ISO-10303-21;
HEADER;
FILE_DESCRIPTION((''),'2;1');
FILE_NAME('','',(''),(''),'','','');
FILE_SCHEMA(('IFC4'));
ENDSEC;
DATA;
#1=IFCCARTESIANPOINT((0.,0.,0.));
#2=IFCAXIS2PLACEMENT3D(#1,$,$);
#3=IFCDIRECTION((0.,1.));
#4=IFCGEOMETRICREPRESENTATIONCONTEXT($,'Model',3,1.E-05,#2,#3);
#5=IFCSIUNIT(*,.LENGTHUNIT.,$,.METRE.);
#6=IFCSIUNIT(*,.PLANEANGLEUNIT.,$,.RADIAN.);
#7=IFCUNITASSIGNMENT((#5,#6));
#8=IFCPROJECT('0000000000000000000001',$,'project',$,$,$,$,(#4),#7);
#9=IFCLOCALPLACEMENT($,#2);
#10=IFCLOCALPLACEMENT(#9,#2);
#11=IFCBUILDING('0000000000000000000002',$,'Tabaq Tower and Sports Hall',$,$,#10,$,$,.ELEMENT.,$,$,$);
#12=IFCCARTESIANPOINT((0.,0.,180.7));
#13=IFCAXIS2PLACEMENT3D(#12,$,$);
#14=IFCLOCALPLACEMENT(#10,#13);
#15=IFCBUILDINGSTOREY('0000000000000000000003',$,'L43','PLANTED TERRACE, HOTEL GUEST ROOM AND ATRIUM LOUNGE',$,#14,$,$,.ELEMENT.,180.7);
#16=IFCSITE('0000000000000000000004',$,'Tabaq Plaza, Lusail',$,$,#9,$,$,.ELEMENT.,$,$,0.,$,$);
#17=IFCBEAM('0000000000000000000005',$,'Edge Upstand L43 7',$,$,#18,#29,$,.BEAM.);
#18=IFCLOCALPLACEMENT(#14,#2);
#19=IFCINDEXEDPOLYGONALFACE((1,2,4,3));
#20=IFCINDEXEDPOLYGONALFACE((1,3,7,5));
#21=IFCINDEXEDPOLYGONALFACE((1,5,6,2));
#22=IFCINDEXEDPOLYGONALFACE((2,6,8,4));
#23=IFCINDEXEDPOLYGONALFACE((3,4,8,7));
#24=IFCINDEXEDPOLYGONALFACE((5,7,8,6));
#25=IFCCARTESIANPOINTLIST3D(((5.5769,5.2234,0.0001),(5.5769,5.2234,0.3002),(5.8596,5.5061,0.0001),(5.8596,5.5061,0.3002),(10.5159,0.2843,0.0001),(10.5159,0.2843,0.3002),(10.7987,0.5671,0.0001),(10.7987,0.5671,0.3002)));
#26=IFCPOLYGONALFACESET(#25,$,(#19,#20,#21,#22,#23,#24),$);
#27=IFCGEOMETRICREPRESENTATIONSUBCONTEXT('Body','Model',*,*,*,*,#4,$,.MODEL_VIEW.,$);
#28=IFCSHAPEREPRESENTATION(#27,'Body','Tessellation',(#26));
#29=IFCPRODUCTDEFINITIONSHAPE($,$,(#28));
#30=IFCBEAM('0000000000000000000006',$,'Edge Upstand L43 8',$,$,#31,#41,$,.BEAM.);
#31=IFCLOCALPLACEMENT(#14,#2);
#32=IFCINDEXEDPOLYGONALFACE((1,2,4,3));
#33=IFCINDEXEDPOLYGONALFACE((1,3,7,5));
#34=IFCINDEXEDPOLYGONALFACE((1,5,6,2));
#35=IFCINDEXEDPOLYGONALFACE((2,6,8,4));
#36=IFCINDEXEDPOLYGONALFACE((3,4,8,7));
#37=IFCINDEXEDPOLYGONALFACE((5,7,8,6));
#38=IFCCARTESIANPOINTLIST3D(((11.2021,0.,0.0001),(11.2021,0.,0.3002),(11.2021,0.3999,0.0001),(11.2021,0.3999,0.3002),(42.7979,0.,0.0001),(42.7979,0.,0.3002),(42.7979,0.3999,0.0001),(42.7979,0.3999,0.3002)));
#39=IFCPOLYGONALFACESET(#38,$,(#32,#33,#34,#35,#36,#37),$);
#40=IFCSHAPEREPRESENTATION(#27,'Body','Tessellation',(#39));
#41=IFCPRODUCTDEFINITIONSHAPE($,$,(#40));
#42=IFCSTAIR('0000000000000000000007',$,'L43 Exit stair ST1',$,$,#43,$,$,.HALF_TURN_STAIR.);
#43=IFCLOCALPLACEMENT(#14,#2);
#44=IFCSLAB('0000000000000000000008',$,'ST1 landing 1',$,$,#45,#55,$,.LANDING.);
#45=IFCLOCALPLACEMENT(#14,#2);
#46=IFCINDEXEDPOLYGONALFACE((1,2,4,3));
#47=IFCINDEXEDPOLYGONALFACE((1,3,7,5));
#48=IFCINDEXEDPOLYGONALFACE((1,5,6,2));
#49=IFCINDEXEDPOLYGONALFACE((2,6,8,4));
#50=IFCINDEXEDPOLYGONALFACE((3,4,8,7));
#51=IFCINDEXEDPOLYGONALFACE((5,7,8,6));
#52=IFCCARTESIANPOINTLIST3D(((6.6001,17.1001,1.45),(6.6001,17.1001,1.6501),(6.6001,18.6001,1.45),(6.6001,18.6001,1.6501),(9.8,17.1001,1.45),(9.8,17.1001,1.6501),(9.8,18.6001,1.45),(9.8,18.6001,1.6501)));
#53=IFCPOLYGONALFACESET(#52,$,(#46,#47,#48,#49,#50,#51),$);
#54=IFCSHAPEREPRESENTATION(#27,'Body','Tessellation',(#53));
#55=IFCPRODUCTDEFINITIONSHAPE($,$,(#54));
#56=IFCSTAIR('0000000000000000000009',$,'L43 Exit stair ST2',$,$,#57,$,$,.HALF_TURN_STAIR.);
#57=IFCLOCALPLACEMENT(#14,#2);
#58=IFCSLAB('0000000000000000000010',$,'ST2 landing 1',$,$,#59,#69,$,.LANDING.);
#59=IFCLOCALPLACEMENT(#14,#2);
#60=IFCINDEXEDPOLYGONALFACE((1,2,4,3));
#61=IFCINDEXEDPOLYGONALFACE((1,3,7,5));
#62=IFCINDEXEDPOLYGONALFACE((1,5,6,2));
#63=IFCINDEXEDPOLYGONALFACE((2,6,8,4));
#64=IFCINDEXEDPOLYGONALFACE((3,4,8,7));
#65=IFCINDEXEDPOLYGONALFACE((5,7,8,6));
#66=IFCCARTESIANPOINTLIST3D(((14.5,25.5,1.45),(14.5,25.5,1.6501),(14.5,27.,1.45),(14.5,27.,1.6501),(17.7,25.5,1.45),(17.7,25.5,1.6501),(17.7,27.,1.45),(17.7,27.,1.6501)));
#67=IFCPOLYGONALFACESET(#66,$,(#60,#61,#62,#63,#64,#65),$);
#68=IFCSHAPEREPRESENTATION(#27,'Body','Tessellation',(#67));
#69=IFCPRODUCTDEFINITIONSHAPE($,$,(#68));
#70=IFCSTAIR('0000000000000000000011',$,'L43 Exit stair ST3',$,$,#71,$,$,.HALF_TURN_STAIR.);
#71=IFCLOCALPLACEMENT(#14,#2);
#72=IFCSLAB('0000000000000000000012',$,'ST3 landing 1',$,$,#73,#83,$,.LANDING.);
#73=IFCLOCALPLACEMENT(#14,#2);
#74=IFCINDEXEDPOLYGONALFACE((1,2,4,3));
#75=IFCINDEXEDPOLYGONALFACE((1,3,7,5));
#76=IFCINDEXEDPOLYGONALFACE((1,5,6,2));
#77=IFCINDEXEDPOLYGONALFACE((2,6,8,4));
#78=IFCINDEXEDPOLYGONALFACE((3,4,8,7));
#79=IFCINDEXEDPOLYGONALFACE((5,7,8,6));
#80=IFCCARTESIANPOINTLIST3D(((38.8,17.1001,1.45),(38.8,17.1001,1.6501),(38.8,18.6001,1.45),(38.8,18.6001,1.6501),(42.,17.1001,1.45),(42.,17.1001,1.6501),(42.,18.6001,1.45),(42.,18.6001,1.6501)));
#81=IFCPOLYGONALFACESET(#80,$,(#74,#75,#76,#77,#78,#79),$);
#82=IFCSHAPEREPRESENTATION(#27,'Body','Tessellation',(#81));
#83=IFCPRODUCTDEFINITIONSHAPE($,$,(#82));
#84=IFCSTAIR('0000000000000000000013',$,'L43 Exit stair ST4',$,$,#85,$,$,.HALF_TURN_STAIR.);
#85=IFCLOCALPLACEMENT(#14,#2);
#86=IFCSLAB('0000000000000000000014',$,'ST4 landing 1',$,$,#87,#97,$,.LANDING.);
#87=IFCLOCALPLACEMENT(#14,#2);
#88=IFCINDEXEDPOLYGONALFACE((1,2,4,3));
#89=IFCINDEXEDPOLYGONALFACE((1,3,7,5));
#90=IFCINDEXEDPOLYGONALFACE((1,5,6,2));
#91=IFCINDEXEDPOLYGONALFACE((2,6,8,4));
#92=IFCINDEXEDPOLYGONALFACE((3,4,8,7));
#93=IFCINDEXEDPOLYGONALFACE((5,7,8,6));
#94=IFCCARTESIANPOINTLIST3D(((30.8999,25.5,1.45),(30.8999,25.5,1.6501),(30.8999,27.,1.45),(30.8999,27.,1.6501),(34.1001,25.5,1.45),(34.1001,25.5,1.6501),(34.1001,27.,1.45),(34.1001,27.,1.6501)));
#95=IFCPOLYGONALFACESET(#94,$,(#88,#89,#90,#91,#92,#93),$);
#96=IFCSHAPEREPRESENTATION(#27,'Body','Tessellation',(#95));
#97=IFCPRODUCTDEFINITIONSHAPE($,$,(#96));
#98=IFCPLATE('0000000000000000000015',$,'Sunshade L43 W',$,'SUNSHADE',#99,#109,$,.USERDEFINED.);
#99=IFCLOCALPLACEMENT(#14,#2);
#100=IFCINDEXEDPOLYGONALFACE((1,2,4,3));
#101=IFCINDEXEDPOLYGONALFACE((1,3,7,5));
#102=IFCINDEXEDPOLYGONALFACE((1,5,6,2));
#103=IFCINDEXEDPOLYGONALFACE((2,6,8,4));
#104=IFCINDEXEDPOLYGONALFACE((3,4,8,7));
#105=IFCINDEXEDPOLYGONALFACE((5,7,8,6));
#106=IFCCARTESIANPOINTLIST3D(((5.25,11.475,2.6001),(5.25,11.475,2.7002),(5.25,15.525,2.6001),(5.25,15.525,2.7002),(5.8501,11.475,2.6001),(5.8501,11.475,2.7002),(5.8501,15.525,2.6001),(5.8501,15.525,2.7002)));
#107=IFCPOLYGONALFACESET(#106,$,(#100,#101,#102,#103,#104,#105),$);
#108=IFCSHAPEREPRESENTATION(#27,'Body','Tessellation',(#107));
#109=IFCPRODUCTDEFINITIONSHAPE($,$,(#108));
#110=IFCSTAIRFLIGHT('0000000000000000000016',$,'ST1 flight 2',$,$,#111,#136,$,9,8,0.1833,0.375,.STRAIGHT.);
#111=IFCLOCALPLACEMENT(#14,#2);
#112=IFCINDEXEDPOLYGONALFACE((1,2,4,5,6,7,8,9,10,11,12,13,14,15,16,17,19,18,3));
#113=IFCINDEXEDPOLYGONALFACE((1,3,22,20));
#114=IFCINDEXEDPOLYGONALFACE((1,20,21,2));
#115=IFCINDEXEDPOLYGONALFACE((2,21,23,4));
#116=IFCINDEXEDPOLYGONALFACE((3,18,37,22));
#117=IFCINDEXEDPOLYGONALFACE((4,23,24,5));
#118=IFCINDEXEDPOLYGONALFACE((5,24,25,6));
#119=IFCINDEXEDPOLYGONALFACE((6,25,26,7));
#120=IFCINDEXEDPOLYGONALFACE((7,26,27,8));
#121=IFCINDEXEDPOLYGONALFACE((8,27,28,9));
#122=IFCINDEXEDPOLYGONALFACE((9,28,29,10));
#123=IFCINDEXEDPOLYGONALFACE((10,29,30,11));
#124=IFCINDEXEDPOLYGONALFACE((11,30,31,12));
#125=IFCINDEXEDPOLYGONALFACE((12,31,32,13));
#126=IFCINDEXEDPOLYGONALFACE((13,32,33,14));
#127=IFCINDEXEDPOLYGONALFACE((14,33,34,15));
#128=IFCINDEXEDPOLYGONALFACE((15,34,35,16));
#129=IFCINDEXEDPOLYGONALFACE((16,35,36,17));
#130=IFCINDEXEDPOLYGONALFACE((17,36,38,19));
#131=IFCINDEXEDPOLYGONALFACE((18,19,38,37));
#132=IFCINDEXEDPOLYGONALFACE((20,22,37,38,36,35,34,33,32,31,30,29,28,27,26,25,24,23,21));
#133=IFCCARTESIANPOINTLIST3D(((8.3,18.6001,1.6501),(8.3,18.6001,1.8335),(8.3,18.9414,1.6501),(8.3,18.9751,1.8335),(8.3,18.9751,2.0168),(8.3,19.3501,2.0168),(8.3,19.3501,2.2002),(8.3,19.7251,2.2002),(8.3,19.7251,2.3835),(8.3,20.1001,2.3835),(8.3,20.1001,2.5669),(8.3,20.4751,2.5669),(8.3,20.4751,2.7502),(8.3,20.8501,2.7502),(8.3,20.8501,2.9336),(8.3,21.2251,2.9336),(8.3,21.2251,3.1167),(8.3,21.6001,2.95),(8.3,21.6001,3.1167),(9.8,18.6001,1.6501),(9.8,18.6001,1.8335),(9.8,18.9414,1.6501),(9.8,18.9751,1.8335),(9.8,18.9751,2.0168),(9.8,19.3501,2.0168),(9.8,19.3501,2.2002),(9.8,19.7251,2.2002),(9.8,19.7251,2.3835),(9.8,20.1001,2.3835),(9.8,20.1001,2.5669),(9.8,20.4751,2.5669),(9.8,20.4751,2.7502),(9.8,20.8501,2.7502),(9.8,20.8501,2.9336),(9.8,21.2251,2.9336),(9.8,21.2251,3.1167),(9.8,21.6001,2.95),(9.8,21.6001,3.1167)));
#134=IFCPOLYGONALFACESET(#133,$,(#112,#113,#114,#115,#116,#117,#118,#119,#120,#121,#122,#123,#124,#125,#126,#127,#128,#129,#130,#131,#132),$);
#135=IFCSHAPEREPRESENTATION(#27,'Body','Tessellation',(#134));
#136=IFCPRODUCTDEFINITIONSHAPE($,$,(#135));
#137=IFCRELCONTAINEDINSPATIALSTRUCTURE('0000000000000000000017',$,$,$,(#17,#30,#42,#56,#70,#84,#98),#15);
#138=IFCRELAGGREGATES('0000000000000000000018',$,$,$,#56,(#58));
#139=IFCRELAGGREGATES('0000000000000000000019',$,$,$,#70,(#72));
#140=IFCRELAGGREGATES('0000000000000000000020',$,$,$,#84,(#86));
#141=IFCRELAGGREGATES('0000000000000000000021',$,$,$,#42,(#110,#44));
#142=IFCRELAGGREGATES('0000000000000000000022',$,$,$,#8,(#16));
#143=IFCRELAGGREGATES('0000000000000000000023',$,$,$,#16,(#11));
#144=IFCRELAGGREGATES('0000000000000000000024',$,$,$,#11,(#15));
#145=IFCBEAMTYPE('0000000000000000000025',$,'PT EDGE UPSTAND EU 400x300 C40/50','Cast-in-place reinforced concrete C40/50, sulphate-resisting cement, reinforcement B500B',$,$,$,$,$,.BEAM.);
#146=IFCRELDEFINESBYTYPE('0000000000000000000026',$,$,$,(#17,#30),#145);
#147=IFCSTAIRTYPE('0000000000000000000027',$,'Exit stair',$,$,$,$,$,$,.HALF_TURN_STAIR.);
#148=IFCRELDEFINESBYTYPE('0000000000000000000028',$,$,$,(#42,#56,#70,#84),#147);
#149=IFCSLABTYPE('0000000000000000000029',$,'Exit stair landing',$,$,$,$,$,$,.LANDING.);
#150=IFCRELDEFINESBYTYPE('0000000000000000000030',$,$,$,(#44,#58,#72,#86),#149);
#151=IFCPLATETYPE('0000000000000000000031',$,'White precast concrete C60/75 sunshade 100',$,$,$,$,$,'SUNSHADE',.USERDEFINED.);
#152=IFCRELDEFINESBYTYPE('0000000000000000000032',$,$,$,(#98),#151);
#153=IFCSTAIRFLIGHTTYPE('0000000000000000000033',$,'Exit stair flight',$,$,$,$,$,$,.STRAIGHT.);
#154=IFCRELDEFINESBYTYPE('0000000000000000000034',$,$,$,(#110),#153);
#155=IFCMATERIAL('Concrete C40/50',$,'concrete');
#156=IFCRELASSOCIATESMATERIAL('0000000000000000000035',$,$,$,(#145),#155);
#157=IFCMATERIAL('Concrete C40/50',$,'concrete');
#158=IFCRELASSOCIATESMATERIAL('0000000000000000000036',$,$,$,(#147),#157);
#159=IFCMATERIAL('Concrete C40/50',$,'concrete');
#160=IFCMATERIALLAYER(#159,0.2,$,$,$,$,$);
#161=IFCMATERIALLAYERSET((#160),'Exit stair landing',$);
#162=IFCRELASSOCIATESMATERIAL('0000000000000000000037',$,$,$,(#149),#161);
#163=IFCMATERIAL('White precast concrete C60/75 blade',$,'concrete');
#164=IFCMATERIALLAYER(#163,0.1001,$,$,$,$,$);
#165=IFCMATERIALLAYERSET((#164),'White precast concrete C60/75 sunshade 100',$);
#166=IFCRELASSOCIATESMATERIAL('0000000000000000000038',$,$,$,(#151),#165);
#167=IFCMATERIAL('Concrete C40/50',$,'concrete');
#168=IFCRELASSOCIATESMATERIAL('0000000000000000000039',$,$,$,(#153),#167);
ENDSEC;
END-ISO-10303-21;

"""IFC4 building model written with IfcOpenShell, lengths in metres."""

from ifc_helpers import new_model, si_unit, direction, frame, origin, origin_2d, place, context, subcontext, project, spatial, polyline, rectangle, outline, extrude, material, layer, layer_set, material_profile, profile_set, type_object, element, aggregate, save


model = new_model("IFC4")

# Units and contexts
model_context = context("Model", 3, precision=1e-05, world=origin(), true_north=direction((0.0, 1.0)))
body_context = subcontext(model_context, "Body", "Model", "MODEL_VIEW")
ifc_project = project(units=[si_unit("LENGTHUNIT", "METRE"), si_unit("PLANEANGLEUNIT", "RADIAN")], contexts=[model_context])

# Site, building, storey
site_placement = place(None, origin())
site = spatial("IfcSite", under=ifc_project, at=site_placement, Name="Tabaq Plaza, Lusail", CompositionType="ELEMENT", RefElevation=0.0)
building_placement = place(site_placement, origin())
building = spatial("IfcBuilding", under=site, at=building_placement, Name="Tabaq Tower and Sports Hall", CompositionType="ELEMENT")
storey_placement = place(building_placement, frame((0.0, 0.0, 180.7)))
storey = spatial("IfcBuildingStorey", under=building, at=storey_placement, Name="L43", Description="PLANTED TERRACE, HOTEL GUEST ROOM AND ATRIUM LOUNGE", CompositionType="ELEMENT", Elevation=180.7)

# Beams
ifc_material_1 = material(Name="Concrete C40/50", Category="concrete")
ifc_material_profile = material_profile(ifc_material_1, rectangle(XDim=0.3999, YDim=0.3, at=origin_2d()), Name="EU 400x300")
ifc_profile_set = profile_set([ifc_material_profile], Name="Concrete C40/50")
beam_type = type_object("IfcBeamType", Name="PT EDGE UPSTAND EU 400x300 C40/50", Description="Cast-in-place reinforced concrete C40/50, sulphate-resisting cement, reinforcement B500B", PredefinedType="BEAM", material=ifc_profile_set)
beam_1_placement = place(storey_placement, frame((5.7183, 5.3647, 0.1501), z_axis=(0.707107, -0.707107, 0.0), x_axis=(0.707107, 0.707107, 0.0)))
element("IfcBeam", 1, at=beam_1_placement, inside=storey, type_object=beam_type, Name="Edge Upstand L43 7", PredefinedType="BEAM", context=body_context, shape_type="SweptSolid", body=[
    extrude(rectangle(XDim=0.3999, YDim=0.3, at=origin_2d()), origin(), (0.0, 0.0, 1.0), 6.9849),
])
beam_2_placement = place(storey_placement, frame((11.2021, 0.2, 0.1501), z_axis=(1.0, 0.0, 0.0), x_axis=(0.0, 1.0, 0.0)))
element("IfcBeam", 2, at=beam_2_placement, inside=storey, type_object=beam_type, Name="Edge Upstand L43 8", PredefinedType="BEAM", context=body_context, shape_type="SweptSolid", body=[
    extrude(rectangle(XDim=0.3999, YDim=0.3, at=origin_2d()), origin(), (0.0, 0.0, 1.0), 31.5957),
])

# Stairs, slabs
ifc_material_2 = material(Name="Concrete C40/50", Category="concrete")
stair_type = type_object("IfcStairType", Name="Exit stair", PredefinedType="HALF_TURN_STAIR", material=ifc_material_2)
stair_1_placement = place(storey_placement, origin())
stair_1 = element("IfcStair", 3, at=stair_1_placement, inside=storey, type_object=stair_type, Name="L43 Exit stair ST1", PredefinedType="HALF_TURN_STAIR")
ifc_material_3 = material(Name="Concrete C40/50", Category="concrete")
ifc_layer_1 = layer(ifc_material_3, 0.2)
ifc_layer_set_1 = layer_set([ifc_layer_1], Name="Exit stair landing")
slab_type = type_object("IfcSlabType", Name="Exit stair landing", PredefinedType="LANDING", material=ifc_layer_set_1)
slab_1_placement = place(storey_placement, frame((0.0, 0.0, 1.45)))
slab_1 = element("IfcSlab", 4, at=slab_1_placement, type_object=slab_type, Name="ST1 landing 1", PredefinedType="LANDING", context=body_context, shape_type="SweptSolid", body=[
    extrude(outline(polyline([(6.6001, 18.6001), (6.6001, 17.1001), (9.8, 17.1001), (9.8, 18.6001), (6.6001, 18.6001)])), origin(), (0.0, 0.0, 1.0), 0.2002),
])
stair_2_placement = place(storey_placement, origin())
stair_2 = element("IfcStair", 5, at=stair_2_placement, inside=storey, type_object=stair_type, Name="L43 Exit stair ST2", PredefinedType="HALF_TURN_STAIR")
slab_2_placement = place(storey_placement, frame((0.0, 0.0, 1.45)))
slab_2 = element("IfcSlab", 6, at=slab_2_placement, type_object=slab_type, Name="ST2 landing 1", PredefinedType="LANDING", context=body_context, shape_type="SweptSolid", body=[
    extrude(outline(polyline([(14.5, 27.0), (14.5, 25.5), (17.7, 25.5), (17.7, 27.0), (14.5, 27.0)])), origin(), (0.0, 0.0, 1.0), 0.2002),
])
aggregate(stair_2, [slab_2])
stair_3_placement = place(storey_placement, origin())
stair_3 = element("IfcStair", 7, at=stair_3_placement, inside=storey, type_object=stair_type, Name="L43 Exit stair ST3", PredefinedType="HALF_TURN_STAIR")
slab_3_placement = place(storey_placement, frame((0.0, 0.0, 1.45)))
slab_3 = element("IfcSlab", 8, at=slab_3_placement, type_object=slab_type, Name="ST3 landing 1", PredefinedType="LANDING", context=body_context, shape_type="SweptSolid", body=[
    extrude(outline(polyline([(38.8, 18.6001), (38.8, 17.1001), (42.0, 17.1001), (42.0, 18.6001), (38.8, 18.6001)])), origin(), (0.0, 0.0, 1.0), 0.2002),
])
aggregate(stair_3, [slab_3])
stair_4_placement = place(storey_placement, origin())
stair_4 = element("IfcStair", 9, at=stair_4_placement, inside=storey, type_object=stair_type, Name="L43 Exit stair ST4", PredefinedType="HALF_TURN_STAIR")
slab_4_placement = place(storey_placement, frame((0.0, 0.0, 1.45)))
slab_4 = element("IfcSlab", 10, at=slab_4_placement, type_object=slab_type, Name="ST4 landing 1", PredefinedType="LANDING", context=body_context, shape_type="SweptSolid", body=[
    extrude(outline(polyline([(30.8999, 27.0), (30.8999, 25.5), (34.1001, 25.5), (34.1001, 27.0), (30.8999, 27.0)])), origin(), (0.0, 0.0, 1.0), 0.2002),
])
aggregate(stair_4, [slab_4])

# Plate
ifc_material_4 = material(Name="White precast concrete C60/75 blade", Category="concrete")
ifc_layer_2 = layer(ifc_material_4, 0.1001)
ifc_layer_set_2 = layer_set([ifc_layer_2], Name="White precast concrete C60/75 sunshade 100")
plate_type = type_object("IfcPlateType", Name="White precast concrete C60/75 sunshade 100", ElementType="SUNSHADE", PredefinedType="USERDEFINED", material=ifc_layer_set_2)
plate_placement = place(storey_placement, frame((5.55, 13.5, 2.6001), z_axis=(0.0, 0.0, 1.0), x_axis=(0.0, -1.0, 0.0)))
element("IfcPlate", 11, at=plate_placement, inside=storey, type_object=plate_type, Name="Sunshade L43 W", ObjectType="SUNSHADE", PredefinedType="USERDEFINED", context=body_context, shape_type="SweptSolid", body=[
    extrude(rectangle(XDim=4.05, YDim=0.6001, at=origin_2d()), origin(), (0.0, 0.0, 1.0), 0.1001),
])

# Stair flight
ifc_material_5 = material(Name="Concrete C40/50", Category="concrete")
stair_flight_type = type_object("IfcStairFlightType", Name="Exit stair flight", PredefinedType="STRAIGHT", material=ifc_material_5)
stair_flight_placement = place(storey_placement, frame((9.05, 18.6001, 1.6501), z_axis=(0.0, 0.0, 1.0), x_axis=(0.0, 1.0, 0.0)))
stair_flight = element("IfcStairFlight", 12, at=stair_flight_placement, type_object=stair_flight_type, Name="ST1 flight 2", NumberOfRisers=9, NumberOfTreads=8, PredefinedType="STRAIGHT", RiserHeight=0.1833, TreadLength=0.375, context=body_context, shape_type="SweptSolid", body=[
    extrude(outline(polyline([(0.0, 0.0), (0.0, 0.1833), (0.375, 0.1833), (0.375, 0.3667), (0.75, 0.3667), (0.75, 0.55), (1.125, 0.55), (1.125, 0.7334), (1.5, 0.7334), (1.5, 0.9167), (1.875, 0.9167), (1.875, 1.1001), (2.25, 1.1001), (2.25, 1.2834), (2.625, 1.2834), (2.625, 1.4666), (3.0, 1.4666), (3.0, 1.6499), (3.0, 1.2998), (0.3413, 0.0), (0.0, 0.0)])), frame((0.0, 0.75, 0.0), z_axis=(0.0, -1.0, 0.0), x_axis=(1.0, 0.0, 0.0)), (0.0, 0.0, 1.0), 1.5),
])
aggregate(stair_1, [stair_flight, slab_1])

save(model, "model.ifc")
